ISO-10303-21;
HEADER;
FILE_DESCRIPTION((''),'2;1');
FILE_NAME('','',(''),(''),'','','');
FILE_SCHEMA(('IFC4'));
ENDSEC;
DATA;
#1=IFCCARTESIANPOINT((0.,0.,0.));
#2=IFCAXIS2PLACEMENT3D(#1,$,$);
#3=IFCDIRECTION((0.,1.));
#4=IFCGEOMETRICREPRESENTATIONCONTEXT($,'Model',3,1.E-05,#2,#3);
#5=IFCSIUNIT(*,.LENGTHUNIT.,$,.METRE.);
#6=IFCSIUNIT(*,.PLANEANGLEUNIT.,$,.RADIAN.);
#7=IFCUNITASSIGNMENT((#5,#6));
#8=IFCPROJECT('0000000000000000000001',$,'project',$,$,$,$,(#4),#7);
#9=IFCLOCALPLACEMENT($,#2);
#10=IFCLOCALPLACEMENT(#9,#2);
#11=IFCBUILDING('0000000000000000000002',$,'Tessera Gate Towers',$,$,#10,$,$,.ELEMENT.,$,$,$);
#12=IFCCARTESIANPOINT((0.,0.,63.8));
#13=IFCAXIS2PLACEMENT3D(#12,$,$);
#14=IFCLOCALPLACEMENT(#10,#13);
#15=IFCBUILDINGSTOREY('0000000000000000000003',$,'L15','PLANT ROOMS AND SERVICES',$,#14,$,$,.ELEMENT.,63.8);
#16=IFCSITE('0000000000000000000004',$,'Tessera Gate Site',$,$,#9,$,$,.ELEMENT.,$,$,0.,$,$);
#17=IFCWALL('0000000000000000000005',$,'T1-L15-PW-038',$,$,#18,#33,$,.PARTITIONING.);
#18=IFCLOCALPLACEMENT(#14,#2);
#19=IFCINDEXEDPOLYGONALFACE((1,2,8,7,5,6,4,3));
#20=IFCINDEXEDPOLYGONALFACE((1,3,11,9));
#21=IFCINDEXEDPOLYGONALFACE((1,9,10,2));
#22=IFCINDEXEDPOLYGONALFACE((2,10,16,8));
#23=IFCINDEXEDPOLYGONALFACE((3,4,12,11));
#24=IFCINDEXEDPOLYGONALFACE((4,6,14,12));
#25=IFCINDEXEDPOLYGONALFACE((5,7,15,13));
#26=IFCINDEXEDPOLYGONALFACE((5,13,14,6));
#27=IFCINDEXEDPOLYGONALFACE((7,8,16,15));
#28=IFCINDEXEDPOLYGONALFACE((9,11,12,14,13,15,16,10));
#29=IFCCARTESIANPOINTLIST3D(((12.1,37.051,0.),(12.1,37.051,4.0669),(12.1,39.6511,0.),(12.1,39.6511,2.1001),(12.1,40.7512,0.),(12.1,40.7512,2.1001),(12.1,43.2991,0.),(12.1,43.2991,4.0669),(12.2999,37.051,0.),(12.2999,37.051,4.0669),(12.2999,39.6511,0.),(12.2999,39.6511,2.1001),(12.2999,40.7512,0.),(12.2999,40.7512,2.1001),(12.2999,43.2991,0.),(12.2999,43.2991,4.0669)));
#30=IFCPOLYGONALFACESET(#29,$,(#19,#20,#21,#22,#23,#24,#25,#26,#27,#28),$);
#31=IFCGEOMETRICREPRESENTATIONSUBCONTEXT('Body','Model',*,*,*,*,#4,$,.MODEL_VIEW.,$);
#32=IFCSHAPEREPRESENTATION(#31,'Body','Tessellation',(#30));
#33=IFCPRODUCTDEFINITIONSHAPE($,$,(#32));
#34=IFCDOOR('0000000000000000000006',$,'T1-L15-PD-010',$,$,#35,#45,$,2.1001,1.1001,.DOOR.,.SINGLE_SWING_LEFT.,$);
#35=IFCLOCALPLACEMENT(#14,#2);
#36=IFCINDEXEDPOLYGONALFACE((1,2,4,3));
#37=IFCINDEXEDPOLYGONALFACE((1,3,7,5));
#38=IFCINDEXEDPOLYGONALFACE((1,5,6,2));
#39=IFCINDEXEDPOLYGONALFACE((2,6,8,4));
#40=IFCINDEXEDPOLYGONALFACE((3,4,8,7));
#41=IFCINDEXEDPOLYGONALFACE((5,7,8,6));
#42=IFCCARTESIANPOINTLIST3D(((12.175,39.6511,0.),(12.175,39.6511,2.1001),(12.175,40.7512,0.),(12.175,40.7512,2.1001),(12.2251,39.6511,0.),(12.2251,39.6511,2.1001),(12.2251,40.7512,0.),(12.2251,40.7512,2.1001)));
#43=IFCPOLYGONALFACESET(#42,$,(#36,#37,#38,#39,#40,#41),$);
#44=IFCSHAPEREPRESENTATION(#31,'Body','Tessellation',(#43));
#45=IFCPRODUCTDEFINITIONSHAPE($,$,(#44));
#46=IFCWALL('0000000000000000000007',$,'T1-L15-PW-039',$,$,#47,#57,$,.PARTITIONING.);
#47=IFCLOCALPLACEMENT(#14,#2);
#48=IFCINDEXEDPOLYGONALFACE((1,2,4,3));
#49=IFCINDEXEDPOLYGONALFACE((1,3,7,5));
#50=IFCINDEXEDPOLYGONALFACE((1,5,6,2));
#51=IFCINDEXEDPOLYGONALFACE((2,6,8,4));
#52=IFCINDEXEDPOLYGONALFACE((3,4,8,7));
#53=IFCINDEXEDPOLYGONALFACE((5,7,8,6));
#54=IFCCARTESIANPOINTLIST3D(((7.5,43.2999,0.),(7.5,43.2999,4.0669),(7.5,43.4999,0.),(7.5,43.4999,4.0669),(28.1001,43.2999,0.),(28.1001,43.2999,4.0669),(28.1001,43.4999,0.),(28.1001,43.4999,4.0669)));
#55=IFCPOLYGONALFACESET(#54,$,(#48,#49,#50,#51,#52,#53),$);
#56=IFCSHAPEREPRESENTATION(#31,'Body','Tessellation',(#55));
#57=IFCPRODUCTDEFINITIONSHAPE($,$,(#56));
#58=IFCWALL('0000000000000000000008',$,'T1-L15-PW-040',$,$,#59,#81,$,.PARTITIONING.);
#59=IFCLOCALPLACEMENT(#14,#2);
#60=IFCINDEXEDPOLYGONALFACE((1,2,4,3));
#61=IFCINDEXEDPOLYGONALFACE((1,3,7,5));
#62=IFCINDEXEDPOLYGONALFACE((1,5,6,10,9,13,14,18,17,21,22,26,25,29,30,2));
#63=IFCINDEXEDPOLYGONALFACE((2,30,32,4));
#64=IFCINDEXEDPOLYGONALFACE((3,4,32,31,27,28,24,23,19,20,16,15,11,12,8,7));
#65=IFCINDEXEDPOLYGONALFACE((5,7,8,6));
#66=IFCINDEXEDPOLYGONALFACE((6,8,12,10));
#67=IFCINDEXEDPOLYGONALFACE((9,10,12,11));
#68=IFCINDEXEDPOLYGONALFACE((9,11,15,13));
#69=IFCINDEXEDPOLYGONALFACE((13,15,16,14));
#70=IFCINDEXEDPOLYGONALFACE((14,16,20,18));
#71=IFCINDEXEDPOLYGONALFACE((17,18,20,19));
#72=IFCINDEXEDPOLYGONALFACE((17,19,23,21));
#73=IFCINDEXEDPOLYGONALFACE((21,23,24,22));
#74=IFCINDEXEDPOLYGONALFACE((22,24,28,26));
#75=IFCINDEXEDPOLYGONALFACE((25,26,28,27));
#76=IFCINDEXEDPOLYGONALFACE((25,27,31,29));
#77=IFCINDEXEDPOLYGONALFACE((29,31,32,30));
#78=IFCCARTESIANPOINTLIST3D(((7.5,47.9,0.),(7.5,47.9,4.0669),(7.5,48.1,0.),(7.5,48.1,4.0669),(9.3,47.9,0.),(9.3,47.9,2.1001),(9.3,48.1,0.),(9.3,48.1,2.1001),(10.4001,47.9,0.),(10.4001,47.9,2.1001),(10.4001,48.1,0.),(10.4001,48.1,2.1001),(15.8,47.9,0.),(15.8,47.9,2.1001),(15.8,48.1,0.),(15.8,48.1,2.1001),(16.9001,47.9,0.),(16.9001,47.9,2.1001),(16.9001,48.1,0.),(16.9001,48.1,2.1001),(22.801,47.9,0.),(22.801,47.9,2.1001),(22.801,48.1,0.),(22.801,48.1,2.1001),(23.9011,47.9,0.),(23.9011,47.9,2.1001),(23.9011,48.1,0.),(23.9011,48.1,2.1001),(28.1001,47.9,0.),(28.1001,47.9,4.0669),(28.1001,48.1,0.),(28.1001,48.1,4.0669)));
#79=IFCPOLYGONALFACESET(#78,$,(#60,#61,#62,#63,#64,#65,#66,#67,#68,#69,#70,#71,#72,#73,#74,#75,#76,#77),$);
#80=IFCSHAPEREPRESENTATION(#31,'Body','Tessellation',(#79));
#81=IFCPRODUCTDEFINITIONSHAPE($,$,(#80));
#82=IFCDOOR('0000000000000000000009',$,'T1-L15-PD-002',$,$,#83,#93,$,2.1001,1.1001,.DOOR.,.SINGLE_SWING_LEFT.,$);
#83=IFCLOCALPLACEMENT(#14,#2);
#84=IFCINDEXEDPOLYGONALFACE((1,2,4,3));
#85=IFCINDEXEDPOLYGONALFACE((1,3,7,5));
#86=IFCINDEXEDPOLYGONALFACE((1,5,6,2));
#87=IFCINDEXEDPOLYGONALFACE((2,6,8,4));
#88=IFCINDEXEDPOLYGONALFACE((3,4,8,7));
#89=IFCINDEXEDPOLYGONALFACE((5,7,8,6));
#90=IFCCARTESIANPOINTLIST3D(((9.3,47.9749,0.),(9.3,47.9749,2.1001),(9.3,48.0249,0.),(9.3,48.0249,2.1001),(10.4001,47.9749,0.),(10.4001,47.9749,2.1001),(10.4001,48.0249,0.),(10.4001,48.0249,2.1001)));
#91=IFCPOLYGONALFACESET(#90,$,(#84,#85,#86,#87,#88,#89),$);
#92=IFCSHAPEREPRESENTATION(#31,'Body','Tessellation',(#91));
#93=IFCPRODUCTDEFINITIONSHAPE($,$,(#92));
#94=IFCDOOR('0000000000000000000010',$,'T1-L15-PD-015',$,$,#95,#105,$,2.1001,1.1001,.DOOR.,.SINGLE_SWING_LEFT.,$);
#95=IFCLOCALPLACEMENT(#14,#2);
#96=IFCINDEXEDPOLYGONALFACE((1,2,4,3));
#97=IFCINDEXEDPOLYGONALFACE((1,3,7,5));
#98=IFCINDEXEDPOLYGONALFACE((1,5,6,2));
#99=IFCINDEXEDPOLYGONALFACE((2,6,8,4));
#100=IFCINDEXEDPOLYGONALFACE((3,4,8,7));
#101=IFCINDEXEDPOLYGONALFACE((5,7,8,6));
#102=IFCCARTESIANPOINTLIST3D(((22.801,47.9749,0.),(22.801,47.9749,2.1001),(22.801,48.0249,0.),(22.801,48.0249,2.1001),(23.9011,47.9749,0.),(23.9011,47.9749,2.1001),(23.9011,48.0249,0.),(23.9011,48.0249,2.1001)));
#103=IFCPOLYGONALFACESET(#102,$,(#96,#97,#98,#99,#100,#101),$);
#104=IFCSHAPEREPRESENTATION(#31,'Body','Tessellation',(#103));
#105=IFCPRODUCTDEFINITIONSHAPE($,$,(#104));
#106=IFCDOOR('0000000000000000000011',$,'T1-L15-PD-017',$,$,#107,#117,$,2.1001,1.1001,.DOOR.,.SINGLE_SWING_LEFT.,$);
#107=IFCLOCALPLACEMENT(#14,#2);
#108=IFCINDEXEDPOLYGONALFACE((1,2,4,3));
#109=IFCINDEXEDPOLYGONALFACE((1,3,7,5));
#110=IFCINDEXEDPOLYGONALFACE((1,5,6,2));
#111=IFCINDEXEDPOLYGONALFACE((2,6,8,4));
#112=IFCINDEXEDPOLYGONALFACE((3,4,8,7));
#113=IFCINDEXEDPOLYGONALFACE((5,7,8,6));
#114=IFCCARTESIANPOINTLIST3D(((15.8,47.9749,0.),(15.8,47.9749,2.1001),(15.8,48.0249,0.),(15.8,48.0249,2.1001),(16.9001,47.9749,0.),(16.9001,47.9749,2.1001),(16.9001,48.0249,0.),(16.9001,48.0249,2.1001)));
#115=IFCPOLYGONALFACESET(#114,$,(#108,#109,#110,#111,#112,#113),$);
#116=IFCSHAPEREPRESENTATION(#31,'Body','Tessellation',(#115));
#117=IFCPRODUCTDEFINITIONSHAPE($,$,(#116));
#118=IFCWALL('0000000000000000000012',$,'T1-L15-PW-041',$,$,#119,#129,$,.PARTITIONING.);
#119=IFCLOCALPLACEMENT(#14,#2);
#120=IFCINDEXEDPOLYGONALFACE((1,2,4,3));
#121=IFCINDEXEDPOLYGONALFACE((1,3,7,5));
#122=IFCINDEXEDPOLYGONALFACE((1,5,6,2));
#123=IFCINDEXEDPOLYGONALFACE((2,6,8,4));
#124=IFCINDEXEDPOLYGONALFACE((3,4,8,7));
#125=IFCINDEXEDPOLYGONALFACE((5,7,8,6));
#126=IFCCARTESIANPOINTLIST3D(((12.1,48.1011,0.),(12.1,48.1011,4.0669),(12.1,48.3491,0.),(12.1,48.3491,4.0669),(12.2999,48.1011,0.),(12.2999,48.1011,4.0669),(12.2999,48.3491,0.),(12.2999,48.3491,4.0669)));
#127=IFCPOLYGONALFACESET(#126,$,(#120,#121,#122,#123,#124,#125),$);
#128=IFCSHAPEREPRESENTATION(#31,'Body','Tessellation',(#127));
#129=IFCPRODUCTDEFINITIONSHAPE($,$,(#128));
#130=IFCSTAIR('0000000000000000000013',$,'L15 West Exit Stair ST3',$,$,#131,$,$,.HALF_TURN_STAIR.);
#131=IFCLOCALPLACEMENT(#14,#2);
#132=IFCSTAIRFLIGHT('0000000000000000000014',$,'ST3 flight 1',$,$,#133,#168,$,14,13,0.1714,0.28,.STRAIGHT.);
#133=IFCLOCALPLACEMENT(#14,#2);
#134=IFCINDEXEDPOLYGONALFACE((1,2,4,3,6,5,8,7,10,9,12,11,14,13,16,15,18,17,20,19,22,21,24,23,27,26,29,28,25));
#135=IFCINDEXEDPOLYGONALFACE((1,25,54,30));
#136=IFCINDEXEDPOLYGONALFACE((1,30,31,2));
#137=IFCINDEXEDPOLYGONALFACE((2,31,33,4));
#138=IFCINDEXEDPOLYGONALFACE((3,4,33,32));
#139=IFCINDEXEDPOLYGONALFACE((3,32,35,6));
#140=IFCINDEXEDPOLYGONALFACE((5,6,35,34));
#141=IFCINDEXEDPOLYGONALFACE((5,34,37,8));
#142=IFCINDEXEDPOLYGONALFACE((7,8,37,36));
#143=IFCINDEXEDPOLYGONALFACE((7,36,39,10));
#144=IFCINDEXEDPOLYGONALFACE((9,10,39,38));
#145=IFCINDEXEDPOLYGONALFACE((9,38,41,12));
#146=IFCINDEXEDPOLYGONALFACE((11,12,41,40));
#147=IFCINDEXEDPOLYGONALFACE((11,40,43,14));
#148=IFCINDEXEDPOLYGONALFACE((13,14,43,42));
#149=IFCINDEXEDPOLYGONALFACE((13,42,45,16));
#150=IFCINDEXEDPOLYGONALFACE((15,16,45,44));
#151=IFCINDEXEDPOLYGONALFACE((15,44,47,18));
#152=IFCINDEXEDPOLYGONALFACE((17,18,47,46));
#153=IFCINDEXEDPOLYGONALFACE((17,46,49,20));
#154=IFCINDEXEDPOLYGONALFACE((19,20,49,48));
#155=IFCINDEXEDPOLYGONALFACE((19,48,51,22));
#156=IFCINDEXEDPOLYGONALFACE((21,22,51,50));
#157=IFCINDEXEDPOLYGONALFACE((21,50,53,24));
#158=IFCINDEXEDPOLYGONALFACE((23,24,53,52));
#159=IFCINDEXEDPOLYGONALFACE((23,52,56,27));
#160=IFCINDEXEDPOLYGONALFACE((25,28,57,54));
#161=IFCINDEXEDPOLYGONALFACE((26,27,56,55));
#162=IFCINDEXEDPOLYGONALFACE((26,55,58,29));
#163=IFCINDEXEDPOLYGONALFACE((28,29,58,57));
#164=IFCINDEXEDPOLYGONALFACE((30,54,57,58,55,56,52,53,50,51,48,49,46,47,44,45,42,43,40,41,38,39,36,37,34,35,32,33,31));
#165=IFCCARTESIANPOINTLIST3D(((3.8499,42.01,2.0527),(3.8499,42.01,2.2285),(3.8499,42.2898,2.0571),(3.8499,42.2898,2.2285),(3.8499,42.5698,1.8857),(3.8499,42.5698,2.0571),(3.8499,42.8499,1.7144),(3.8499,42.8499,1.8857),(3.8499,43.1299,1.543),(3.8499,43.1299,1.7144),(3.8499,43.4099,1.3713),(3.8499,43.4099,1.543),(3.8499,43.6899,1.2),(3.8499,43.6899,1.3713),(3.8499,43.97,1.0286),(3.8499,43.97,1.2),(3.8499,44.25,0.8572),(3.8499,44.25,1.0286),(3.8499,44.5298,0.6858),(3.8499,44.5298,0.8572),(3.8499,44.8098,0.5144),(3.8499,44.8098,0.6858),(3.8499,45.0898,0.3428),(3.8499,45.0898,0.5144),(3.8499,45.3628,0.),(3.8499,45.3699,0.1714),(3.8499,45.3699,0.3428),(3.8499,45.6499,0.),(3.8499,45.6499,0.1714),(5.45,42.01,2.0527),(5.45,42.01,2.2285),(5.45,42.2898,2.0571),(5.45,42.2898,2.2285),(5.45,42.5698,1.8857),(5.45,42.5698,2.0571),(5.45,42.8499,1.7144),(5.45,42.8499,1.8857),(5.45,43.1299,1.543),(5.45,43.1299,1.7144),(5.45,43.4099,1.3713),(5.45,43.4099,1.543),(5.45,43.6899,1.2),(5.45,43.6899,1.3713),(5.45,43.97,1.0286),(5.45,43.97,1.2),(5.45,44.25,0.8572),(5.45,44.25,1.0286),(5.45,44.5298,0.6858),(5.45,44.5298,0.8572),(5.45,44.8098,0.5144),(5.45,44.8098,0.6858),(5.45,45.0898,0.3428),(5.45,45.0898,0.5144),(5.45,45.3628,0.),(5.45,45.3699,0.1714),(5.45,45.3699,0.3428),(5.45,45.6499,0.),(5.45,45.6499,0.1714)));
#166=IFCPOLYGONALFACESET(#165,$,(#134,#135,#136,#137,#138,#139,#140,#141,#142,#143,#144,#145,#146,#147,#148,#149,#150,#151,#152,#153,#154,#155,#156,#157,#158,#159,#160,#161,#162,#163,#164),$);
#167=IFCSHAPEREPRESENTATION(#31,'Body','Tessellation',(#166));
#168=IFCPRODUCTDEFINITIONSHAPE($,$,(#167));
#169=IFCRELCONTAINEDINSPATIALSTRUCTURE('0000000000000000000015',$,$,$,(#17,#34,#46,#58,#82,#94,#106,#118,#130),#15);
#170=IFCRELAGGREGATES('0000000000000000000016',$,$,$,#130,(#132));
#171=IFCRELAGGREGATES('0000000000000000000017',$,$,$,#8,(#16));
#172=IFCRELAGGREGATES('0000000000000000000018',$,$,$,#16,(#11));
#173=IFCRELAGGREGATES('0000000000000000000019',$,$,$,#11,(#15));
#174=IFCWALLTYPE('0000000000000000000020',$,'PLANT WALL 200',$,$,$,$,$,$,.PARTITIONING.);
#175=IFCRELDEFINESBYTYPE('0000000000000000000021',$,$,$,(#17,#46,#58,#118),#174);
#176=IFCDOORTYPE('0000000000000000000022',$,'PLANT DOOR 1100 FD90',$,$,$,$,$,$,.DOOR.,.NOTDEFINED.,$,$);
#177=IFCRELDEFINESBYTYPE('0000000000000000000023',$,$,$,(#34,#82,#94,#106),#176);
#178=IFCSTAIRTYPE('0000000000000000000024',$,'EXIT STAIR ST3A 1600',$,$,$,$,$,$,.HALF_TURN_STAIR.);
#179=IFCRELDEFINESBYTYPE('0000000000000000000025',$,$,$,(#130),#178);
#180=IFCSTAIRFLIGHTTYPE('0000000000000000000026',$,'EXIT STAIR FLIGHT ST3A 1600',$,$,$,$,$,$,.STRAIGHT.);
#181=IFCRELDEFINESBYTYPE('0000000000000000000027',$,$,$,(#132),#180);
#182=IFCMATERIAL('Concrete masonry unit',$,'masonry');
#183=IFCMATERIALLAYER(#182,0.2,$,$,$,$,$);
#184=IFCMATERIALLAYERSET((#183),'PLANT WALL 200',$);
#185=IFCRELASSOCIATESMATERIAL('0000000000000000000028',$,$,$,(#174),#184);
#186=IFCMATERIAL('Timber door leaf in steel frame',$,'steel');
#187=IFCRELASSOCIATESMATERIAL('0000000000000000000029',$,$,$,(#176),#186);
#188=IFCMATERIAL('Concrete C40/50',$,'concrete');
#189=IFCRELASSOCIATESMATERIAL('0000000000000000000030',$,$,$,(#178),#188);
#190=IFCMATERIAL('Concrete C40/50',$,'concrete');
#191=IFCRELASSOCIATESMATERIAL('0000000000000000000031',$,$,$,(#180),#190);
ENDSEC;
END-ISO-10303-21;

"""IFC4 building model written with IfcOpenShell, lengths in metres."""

from ifc_helpers import new_model, si_unit, direction, frame, frame_2d, origin, place, context, subcontext, project, spatial, polyline, rectangle, outline, extrude, source, transform, mapped, material, layer, layer_set, type_object, element, fill, aggregate, save


model = new_model("IFC4")

# Units and contexts
model_context = context("Model", 3, precision=1e-05, world=origin(), true_north=direction((0.0, 1.0)))
body_context = subcontext(model_context, "Body", "Model", "MODEL_VIEW")
ifc_project = project(units=[si_unit("LENGTHUNIT", "METRE"), si_unit("PLANEANGLEUNIT", "RADIAN")], contexts=[model_context])

# Site, building, storey
site_placement = place(None, origin())
site = spatial("IfcSite", under=ifc_project, at=site_placement, Name="Tessera Gate Site", CompositionType="ELEMENT", RefElevation=0.0)
building_placement = place(site_placement, origin())
building = spatial("IfcBuilding", under=site, at=building_placement, Name="Tessera Gate Towers", CompositionType="ELEMENT")
storey_placement = place(building_placement, frame((0.0, 0.0, 63.8)))
storey = spatial("IfcBuildingStorey", under=building, at=storey_placement, Name="L15", Description="PLANT ROOMS AND SERVICES", CompositionType="ELEMENT", Elevation=63.8)

# Wall, opening, door
ifc_material_1 = material(Name="Concrete masonry unit", Category="masonry")
ifc_layer_1 = layer(ifc_material_1, 0.2)
ifc_layer_set_1 = layer_set([ifc_layer_1], Name="PLANT WALL 200")
wall_type_1 = type_object("IfcWallType", Name="PLANT WALL 200", PredefinedType="PARTITIONING", material=ifc_layer_set_1)
wall_1_placement = place(storey_placement, frame((12.2, 37.051, 0.0), z_axis=(0.0, 0.0, 1.0), x_axis=(0.0, 1.0, 0.0)))
wall_1 = element("IfcWall", 1, at=wall_1_placement, inside=storey, type_object=wall_type_1, Name="T1-L15-PW-038", PredefinedType="PARTITIONING", context=body_context, shape_type="SweptSolid", body=[
    extrude(rectangle(XDim=6.248, YDim=0.2, at=frame_2d((3.124, 0.0))), origin(), (0.0, 0.0, 1.0), 4.0669),
])
shared_shape_1 = source(origin(), body_context, "Body", "SweptSolid", [
    extrude(rectangle(XDim=1.1001, YDim=2.1001, at=frame_2d((0.55, 1.05))), frame((0.0, 0.1099, 0.0), z_axis=(0.0, -1.0, 0.0), x_axis=(1.0, 0.0, 0.0)), (0.0, 0.0, 1.0), 0.22),
])
opening_1_placement = place(wall_1_placement, frame((2.6001, 0.0, 0.0)))
opening_1 = element("IfcOpeningElement", 2, at=opening_1_placement, cuts=wall_1, PredefinedType="OPENING", context=body_context, shape_type="MappedRepresentation", body=[
    mapped(shared_shape_1, transform((0.0, 0.0, 0.0), scale=1.0)),
])
ifc_material_2 = material(Name="Timber door leaf in steel frame", Category="steel")
door_type_1 = type_object("IfcDoorType", Name="PLANT DOOR 1100 FD90", OperationType="NOTDEFINED", PredefinedType="DOOR", material=ifc_material_2)
shared_shape_2 = source(origin(), body_context, "Body", "SweptSolid", [
    extrude(rectangle(XDim=1.1001, YDim=2.1001, at=frame_2d((0.55, 1.05))), frame((0.0, 0.0249, 0.0), z_axis=(0.0, -1.0, 0.0), x_axis=(1.0, 0.0, 0.0)), (0.0, 0.0, 1.0), 0.05),
])
door_1_placement = place(opening_1_placement, origin())
door_1 = element("IfcDoor", 3, at=door_1_placement, inside=storey, type_object=door_type_1, Name="T1-L15-PD-010", OperationType="SINGLE_SWING_LEFT", OverallHeight=2.1001, OverallWidth=1.1001, PredefinedType="DOOR", context=body_context, shape_type="MappedRepresentation", body=[
    mapped(shared_shape_2, transform((0.0, 0.0, 0.0), scale=1.0)),
])
fill(opening_1, door_1)

# Wall
wall_2_placement = place(storey_placement, frame((7.5, 43.3999, 0.0), z_axis=(0.0, 0.0, 1.0), x_axis=(1.0, 0.0, 0.0)))
element("IfcWall", 4, at=wall_2_placement, inside=storey, type_object=wall_type_1, Name="T1-L15-PW-039", PredefinedType="PARTITIONING", context=body_context, shape_type="SweptSolid", body=[
    extrude(rectangle(XDim=20.6001, YDim=0.2, at=frame_2d((10.3, 0.0))), origin(), (0.0, 0.0, 1.0), 4.0669),
])

# Wall, openings, doors
wall_3_placement = place(storey_placement, frame((7.5, 48.0, 0.0), z_axis=(0.0, 0.0, 1.0), x_axis=(1.0, 0.0, 0.0)))
wall_3 = element("IfcWall", 5, at=wall_3_placement, inside=storey, type_object=wall_type_1, Name="T1-L15-PW-040", PredefinedType="PARTITIONING", context=body_context, shape_type="SweptSolid", body=[
    extrude(rectangle(XDim=20.6001, YDim=0.2, at=frame_2d((10.3, 0.0))), origin(), (0.0, 0.0, 1.0), 4.0669),
])
opening_2_placement = place(wall_3_placement, frame((1.8, 0.0, 0.0)))
opening_2 = element("IfcOpeningElement", 6, at=opening_2_placement, cuts=wall_3, PredefinedType="OPENING", context=body_context, shape_type="MappedRepresentation", body=[
    mapped(shared_shape_1, transform((0.0, 0.0, 0.0), scale=1.0)),
])
opening_3_placement = place(wall_3_placement, frame((15.301, 0.0, 0.0)))
opening_3 = element("IfcOpeningElement", 7, at=opening_3_placement, cuts=wall_3, PredefinedType="OPENING", context=body_context, shape_type="MappedRepresentation", body=[
    mapped(shared_shape_1, transform((0.0, 0.0, 0.0), scale=1.0)),
])
opening_4_placement = place(wall_3_placement, frame((8.3, 0.0, 0.0)))
opening_4 = element("IfcOpeningElement", 8, at=opening_4_placement, cuts=wall_3, PredefinedType="OPENING", context=body_context, shape_type="MappedRepresentation", body=[
    mapped(shared_shape_1, transform((0.0, 0.0, 0.0), scale=1.0)),
])
door_2_placement = place(opening_2_placement, origin())
door_2 = element("IfcDoor", 9, at=door_2_placement, inside=storey, type_object=door_type_1, Name="T1-L15-PD-002", OperationType="SINGLE_SWING_LEFT", OverallHeight=2.1001, OverallWidth=1.1001, PredefinedType="DOOR", context=body_context, shape_type="MappedRepresentation", body=[
    mapped(shared_shape_2, transform((0.0, 0.0, 0.0), scale=1.0)),
])
fill(opening_2, door_2)
door_3_placement = place(opening_3_placement, origin())
door_3 = element("IfcDoor", 10, at=door_3_placement, inside=storey, type_object=door_type_1, Name="T1-L15-PD-015", OperationType="SINGLE_SWING_LEFT", OverallHeight=2.1001, OverallWidth=1.1001, PredefinedType="DOOR", context=body_context, shape_type="MappedRepresentation", body=[
    mapped(shared_shape_2, transform((0.0, 0.0, 0.0), scale=1.0)),
])
fill(opening_3, door_3)
door_4_placement = place(opening_4_placement, origin())
door_4 = element("IfcDoor", 11, at=door_4_placement, inside=storey, type_object=door_type_1, Name="T1-L15-PD-017", OperationType="SINGLE_SWING_LEFT", OverallHeight=2.1001, OverallWidth=1.1001, PredefinedType="DOOR", context=body_context, shape_type="MappedRepresentation", body=[
    mapped(shared_shape_2, transform((0.0, 0.0, 0.0), scale=1.0)),
])
fill(opening_4, door_4)

# Wall
wall_4_placement = place(storey_placement, frame((12.2, 48.1011, 0.0), z_axis=(0.0, 0.0, 1.0), x_axis=(0.0, 1.0, 0.0)))
element("IfcWall", 12, at=wall_4_placement, inside=storey, type_object=wall_type_1, Name="T1-L15-PW-041", PredefinedType="PARTITIONING", context=body_context, shape_type="SweptSolid", body=[
    extrude(rectangle(XDim=0.248, YDim=0.2, at=frame_2d((0.124, 0.0))), origin(), (0.0, 0.0, 1.0), 4.0669),
])

# Stair, stair flight
ifc_material_3 = material(Name="Concrete C40/50", Category="concrete")
stair_type = type_object("IfcStairType", Name="EXIT STAIR ST3A 1600", PredefinedType="HALF_TURN_STAIR", material=ifc_material_3)
stair_placement = place(storey_placement, origin())
stair = element("IfcStair", 13, at=stair_placement, inside=storey, type_object=stair_type, Name="L15 West Exit Stair ST3", PredefinedType="HALF_TURN_STAIR")
ifc_material_4 = material(Name="Concrete C40/50", Category="concrete")
stair_flight_type = type_object("IfcStairFlightType", Name="EXIT STAIR FLIGHT ST3A 1600", PredefinedType="STRAIGHT", material=ifc_material_4)
stair_flight_1_placement = place(storey_placement, frame((4.6499, 45.6499, 0.0), z_axis=(0.0, 0.0, 1.0), x_axis=(0.0, -1.0, 0.0)))
stair_flight_1 = element("IfcStairFlight", 14, at=stair_flight_1_placement, type_object=stair_flight_type, Name="ST3 flight 1", NumberOfRisers=14, NumberOfTreads=13, PredefinedType="STRAIGHT", RiserHeight=0.1714, TreadLength=0.28, context=body_context, shape_type="SweptSolid", body=[
    extrude(outline(polyline([(0.0, 0.0), (0.0, 0.1714), (0.28, 0.1714), (0.28, 0.3428), (0.5601, 0.3428), (0.5601, 0.5144), (0.8401, 0.5144), (0.8401, 0.6858), (1.1201, 0.6858), (1.1201, 0.8572), (1.3999, 0.8572), (1.3999, 1.0286), (1.6799, 1.0286), (1.6799, 1.2), (1.96, 1.2), (1.96, 1.3713), (2.24, 1.3713), (2.24, 1.543), (2.52, 1.543), (2.52, 1.7144), (2.8, 1.7144), (2.8, 1.8857), (3.0801, 1.8857), (3.0801, 2.0571), (3.3601, 2.0571), (3.3601, 2.2285), (3.6399, 2.2285), (3.6399, 2.3999), (3.6399, 2.0527), (0.2871, 0.0), (0.0, 0.0)])), frame((0.0, 0.8, 0.0), z_axis=(0.0, -1.0, 0.0), x_axis=(1.0, 0.0, 0.0)), (0.0, 0.0, 1.0), 1.6001),
])
aggregate(stair, [stair_flight_1])

save(model, "model.ifc")
